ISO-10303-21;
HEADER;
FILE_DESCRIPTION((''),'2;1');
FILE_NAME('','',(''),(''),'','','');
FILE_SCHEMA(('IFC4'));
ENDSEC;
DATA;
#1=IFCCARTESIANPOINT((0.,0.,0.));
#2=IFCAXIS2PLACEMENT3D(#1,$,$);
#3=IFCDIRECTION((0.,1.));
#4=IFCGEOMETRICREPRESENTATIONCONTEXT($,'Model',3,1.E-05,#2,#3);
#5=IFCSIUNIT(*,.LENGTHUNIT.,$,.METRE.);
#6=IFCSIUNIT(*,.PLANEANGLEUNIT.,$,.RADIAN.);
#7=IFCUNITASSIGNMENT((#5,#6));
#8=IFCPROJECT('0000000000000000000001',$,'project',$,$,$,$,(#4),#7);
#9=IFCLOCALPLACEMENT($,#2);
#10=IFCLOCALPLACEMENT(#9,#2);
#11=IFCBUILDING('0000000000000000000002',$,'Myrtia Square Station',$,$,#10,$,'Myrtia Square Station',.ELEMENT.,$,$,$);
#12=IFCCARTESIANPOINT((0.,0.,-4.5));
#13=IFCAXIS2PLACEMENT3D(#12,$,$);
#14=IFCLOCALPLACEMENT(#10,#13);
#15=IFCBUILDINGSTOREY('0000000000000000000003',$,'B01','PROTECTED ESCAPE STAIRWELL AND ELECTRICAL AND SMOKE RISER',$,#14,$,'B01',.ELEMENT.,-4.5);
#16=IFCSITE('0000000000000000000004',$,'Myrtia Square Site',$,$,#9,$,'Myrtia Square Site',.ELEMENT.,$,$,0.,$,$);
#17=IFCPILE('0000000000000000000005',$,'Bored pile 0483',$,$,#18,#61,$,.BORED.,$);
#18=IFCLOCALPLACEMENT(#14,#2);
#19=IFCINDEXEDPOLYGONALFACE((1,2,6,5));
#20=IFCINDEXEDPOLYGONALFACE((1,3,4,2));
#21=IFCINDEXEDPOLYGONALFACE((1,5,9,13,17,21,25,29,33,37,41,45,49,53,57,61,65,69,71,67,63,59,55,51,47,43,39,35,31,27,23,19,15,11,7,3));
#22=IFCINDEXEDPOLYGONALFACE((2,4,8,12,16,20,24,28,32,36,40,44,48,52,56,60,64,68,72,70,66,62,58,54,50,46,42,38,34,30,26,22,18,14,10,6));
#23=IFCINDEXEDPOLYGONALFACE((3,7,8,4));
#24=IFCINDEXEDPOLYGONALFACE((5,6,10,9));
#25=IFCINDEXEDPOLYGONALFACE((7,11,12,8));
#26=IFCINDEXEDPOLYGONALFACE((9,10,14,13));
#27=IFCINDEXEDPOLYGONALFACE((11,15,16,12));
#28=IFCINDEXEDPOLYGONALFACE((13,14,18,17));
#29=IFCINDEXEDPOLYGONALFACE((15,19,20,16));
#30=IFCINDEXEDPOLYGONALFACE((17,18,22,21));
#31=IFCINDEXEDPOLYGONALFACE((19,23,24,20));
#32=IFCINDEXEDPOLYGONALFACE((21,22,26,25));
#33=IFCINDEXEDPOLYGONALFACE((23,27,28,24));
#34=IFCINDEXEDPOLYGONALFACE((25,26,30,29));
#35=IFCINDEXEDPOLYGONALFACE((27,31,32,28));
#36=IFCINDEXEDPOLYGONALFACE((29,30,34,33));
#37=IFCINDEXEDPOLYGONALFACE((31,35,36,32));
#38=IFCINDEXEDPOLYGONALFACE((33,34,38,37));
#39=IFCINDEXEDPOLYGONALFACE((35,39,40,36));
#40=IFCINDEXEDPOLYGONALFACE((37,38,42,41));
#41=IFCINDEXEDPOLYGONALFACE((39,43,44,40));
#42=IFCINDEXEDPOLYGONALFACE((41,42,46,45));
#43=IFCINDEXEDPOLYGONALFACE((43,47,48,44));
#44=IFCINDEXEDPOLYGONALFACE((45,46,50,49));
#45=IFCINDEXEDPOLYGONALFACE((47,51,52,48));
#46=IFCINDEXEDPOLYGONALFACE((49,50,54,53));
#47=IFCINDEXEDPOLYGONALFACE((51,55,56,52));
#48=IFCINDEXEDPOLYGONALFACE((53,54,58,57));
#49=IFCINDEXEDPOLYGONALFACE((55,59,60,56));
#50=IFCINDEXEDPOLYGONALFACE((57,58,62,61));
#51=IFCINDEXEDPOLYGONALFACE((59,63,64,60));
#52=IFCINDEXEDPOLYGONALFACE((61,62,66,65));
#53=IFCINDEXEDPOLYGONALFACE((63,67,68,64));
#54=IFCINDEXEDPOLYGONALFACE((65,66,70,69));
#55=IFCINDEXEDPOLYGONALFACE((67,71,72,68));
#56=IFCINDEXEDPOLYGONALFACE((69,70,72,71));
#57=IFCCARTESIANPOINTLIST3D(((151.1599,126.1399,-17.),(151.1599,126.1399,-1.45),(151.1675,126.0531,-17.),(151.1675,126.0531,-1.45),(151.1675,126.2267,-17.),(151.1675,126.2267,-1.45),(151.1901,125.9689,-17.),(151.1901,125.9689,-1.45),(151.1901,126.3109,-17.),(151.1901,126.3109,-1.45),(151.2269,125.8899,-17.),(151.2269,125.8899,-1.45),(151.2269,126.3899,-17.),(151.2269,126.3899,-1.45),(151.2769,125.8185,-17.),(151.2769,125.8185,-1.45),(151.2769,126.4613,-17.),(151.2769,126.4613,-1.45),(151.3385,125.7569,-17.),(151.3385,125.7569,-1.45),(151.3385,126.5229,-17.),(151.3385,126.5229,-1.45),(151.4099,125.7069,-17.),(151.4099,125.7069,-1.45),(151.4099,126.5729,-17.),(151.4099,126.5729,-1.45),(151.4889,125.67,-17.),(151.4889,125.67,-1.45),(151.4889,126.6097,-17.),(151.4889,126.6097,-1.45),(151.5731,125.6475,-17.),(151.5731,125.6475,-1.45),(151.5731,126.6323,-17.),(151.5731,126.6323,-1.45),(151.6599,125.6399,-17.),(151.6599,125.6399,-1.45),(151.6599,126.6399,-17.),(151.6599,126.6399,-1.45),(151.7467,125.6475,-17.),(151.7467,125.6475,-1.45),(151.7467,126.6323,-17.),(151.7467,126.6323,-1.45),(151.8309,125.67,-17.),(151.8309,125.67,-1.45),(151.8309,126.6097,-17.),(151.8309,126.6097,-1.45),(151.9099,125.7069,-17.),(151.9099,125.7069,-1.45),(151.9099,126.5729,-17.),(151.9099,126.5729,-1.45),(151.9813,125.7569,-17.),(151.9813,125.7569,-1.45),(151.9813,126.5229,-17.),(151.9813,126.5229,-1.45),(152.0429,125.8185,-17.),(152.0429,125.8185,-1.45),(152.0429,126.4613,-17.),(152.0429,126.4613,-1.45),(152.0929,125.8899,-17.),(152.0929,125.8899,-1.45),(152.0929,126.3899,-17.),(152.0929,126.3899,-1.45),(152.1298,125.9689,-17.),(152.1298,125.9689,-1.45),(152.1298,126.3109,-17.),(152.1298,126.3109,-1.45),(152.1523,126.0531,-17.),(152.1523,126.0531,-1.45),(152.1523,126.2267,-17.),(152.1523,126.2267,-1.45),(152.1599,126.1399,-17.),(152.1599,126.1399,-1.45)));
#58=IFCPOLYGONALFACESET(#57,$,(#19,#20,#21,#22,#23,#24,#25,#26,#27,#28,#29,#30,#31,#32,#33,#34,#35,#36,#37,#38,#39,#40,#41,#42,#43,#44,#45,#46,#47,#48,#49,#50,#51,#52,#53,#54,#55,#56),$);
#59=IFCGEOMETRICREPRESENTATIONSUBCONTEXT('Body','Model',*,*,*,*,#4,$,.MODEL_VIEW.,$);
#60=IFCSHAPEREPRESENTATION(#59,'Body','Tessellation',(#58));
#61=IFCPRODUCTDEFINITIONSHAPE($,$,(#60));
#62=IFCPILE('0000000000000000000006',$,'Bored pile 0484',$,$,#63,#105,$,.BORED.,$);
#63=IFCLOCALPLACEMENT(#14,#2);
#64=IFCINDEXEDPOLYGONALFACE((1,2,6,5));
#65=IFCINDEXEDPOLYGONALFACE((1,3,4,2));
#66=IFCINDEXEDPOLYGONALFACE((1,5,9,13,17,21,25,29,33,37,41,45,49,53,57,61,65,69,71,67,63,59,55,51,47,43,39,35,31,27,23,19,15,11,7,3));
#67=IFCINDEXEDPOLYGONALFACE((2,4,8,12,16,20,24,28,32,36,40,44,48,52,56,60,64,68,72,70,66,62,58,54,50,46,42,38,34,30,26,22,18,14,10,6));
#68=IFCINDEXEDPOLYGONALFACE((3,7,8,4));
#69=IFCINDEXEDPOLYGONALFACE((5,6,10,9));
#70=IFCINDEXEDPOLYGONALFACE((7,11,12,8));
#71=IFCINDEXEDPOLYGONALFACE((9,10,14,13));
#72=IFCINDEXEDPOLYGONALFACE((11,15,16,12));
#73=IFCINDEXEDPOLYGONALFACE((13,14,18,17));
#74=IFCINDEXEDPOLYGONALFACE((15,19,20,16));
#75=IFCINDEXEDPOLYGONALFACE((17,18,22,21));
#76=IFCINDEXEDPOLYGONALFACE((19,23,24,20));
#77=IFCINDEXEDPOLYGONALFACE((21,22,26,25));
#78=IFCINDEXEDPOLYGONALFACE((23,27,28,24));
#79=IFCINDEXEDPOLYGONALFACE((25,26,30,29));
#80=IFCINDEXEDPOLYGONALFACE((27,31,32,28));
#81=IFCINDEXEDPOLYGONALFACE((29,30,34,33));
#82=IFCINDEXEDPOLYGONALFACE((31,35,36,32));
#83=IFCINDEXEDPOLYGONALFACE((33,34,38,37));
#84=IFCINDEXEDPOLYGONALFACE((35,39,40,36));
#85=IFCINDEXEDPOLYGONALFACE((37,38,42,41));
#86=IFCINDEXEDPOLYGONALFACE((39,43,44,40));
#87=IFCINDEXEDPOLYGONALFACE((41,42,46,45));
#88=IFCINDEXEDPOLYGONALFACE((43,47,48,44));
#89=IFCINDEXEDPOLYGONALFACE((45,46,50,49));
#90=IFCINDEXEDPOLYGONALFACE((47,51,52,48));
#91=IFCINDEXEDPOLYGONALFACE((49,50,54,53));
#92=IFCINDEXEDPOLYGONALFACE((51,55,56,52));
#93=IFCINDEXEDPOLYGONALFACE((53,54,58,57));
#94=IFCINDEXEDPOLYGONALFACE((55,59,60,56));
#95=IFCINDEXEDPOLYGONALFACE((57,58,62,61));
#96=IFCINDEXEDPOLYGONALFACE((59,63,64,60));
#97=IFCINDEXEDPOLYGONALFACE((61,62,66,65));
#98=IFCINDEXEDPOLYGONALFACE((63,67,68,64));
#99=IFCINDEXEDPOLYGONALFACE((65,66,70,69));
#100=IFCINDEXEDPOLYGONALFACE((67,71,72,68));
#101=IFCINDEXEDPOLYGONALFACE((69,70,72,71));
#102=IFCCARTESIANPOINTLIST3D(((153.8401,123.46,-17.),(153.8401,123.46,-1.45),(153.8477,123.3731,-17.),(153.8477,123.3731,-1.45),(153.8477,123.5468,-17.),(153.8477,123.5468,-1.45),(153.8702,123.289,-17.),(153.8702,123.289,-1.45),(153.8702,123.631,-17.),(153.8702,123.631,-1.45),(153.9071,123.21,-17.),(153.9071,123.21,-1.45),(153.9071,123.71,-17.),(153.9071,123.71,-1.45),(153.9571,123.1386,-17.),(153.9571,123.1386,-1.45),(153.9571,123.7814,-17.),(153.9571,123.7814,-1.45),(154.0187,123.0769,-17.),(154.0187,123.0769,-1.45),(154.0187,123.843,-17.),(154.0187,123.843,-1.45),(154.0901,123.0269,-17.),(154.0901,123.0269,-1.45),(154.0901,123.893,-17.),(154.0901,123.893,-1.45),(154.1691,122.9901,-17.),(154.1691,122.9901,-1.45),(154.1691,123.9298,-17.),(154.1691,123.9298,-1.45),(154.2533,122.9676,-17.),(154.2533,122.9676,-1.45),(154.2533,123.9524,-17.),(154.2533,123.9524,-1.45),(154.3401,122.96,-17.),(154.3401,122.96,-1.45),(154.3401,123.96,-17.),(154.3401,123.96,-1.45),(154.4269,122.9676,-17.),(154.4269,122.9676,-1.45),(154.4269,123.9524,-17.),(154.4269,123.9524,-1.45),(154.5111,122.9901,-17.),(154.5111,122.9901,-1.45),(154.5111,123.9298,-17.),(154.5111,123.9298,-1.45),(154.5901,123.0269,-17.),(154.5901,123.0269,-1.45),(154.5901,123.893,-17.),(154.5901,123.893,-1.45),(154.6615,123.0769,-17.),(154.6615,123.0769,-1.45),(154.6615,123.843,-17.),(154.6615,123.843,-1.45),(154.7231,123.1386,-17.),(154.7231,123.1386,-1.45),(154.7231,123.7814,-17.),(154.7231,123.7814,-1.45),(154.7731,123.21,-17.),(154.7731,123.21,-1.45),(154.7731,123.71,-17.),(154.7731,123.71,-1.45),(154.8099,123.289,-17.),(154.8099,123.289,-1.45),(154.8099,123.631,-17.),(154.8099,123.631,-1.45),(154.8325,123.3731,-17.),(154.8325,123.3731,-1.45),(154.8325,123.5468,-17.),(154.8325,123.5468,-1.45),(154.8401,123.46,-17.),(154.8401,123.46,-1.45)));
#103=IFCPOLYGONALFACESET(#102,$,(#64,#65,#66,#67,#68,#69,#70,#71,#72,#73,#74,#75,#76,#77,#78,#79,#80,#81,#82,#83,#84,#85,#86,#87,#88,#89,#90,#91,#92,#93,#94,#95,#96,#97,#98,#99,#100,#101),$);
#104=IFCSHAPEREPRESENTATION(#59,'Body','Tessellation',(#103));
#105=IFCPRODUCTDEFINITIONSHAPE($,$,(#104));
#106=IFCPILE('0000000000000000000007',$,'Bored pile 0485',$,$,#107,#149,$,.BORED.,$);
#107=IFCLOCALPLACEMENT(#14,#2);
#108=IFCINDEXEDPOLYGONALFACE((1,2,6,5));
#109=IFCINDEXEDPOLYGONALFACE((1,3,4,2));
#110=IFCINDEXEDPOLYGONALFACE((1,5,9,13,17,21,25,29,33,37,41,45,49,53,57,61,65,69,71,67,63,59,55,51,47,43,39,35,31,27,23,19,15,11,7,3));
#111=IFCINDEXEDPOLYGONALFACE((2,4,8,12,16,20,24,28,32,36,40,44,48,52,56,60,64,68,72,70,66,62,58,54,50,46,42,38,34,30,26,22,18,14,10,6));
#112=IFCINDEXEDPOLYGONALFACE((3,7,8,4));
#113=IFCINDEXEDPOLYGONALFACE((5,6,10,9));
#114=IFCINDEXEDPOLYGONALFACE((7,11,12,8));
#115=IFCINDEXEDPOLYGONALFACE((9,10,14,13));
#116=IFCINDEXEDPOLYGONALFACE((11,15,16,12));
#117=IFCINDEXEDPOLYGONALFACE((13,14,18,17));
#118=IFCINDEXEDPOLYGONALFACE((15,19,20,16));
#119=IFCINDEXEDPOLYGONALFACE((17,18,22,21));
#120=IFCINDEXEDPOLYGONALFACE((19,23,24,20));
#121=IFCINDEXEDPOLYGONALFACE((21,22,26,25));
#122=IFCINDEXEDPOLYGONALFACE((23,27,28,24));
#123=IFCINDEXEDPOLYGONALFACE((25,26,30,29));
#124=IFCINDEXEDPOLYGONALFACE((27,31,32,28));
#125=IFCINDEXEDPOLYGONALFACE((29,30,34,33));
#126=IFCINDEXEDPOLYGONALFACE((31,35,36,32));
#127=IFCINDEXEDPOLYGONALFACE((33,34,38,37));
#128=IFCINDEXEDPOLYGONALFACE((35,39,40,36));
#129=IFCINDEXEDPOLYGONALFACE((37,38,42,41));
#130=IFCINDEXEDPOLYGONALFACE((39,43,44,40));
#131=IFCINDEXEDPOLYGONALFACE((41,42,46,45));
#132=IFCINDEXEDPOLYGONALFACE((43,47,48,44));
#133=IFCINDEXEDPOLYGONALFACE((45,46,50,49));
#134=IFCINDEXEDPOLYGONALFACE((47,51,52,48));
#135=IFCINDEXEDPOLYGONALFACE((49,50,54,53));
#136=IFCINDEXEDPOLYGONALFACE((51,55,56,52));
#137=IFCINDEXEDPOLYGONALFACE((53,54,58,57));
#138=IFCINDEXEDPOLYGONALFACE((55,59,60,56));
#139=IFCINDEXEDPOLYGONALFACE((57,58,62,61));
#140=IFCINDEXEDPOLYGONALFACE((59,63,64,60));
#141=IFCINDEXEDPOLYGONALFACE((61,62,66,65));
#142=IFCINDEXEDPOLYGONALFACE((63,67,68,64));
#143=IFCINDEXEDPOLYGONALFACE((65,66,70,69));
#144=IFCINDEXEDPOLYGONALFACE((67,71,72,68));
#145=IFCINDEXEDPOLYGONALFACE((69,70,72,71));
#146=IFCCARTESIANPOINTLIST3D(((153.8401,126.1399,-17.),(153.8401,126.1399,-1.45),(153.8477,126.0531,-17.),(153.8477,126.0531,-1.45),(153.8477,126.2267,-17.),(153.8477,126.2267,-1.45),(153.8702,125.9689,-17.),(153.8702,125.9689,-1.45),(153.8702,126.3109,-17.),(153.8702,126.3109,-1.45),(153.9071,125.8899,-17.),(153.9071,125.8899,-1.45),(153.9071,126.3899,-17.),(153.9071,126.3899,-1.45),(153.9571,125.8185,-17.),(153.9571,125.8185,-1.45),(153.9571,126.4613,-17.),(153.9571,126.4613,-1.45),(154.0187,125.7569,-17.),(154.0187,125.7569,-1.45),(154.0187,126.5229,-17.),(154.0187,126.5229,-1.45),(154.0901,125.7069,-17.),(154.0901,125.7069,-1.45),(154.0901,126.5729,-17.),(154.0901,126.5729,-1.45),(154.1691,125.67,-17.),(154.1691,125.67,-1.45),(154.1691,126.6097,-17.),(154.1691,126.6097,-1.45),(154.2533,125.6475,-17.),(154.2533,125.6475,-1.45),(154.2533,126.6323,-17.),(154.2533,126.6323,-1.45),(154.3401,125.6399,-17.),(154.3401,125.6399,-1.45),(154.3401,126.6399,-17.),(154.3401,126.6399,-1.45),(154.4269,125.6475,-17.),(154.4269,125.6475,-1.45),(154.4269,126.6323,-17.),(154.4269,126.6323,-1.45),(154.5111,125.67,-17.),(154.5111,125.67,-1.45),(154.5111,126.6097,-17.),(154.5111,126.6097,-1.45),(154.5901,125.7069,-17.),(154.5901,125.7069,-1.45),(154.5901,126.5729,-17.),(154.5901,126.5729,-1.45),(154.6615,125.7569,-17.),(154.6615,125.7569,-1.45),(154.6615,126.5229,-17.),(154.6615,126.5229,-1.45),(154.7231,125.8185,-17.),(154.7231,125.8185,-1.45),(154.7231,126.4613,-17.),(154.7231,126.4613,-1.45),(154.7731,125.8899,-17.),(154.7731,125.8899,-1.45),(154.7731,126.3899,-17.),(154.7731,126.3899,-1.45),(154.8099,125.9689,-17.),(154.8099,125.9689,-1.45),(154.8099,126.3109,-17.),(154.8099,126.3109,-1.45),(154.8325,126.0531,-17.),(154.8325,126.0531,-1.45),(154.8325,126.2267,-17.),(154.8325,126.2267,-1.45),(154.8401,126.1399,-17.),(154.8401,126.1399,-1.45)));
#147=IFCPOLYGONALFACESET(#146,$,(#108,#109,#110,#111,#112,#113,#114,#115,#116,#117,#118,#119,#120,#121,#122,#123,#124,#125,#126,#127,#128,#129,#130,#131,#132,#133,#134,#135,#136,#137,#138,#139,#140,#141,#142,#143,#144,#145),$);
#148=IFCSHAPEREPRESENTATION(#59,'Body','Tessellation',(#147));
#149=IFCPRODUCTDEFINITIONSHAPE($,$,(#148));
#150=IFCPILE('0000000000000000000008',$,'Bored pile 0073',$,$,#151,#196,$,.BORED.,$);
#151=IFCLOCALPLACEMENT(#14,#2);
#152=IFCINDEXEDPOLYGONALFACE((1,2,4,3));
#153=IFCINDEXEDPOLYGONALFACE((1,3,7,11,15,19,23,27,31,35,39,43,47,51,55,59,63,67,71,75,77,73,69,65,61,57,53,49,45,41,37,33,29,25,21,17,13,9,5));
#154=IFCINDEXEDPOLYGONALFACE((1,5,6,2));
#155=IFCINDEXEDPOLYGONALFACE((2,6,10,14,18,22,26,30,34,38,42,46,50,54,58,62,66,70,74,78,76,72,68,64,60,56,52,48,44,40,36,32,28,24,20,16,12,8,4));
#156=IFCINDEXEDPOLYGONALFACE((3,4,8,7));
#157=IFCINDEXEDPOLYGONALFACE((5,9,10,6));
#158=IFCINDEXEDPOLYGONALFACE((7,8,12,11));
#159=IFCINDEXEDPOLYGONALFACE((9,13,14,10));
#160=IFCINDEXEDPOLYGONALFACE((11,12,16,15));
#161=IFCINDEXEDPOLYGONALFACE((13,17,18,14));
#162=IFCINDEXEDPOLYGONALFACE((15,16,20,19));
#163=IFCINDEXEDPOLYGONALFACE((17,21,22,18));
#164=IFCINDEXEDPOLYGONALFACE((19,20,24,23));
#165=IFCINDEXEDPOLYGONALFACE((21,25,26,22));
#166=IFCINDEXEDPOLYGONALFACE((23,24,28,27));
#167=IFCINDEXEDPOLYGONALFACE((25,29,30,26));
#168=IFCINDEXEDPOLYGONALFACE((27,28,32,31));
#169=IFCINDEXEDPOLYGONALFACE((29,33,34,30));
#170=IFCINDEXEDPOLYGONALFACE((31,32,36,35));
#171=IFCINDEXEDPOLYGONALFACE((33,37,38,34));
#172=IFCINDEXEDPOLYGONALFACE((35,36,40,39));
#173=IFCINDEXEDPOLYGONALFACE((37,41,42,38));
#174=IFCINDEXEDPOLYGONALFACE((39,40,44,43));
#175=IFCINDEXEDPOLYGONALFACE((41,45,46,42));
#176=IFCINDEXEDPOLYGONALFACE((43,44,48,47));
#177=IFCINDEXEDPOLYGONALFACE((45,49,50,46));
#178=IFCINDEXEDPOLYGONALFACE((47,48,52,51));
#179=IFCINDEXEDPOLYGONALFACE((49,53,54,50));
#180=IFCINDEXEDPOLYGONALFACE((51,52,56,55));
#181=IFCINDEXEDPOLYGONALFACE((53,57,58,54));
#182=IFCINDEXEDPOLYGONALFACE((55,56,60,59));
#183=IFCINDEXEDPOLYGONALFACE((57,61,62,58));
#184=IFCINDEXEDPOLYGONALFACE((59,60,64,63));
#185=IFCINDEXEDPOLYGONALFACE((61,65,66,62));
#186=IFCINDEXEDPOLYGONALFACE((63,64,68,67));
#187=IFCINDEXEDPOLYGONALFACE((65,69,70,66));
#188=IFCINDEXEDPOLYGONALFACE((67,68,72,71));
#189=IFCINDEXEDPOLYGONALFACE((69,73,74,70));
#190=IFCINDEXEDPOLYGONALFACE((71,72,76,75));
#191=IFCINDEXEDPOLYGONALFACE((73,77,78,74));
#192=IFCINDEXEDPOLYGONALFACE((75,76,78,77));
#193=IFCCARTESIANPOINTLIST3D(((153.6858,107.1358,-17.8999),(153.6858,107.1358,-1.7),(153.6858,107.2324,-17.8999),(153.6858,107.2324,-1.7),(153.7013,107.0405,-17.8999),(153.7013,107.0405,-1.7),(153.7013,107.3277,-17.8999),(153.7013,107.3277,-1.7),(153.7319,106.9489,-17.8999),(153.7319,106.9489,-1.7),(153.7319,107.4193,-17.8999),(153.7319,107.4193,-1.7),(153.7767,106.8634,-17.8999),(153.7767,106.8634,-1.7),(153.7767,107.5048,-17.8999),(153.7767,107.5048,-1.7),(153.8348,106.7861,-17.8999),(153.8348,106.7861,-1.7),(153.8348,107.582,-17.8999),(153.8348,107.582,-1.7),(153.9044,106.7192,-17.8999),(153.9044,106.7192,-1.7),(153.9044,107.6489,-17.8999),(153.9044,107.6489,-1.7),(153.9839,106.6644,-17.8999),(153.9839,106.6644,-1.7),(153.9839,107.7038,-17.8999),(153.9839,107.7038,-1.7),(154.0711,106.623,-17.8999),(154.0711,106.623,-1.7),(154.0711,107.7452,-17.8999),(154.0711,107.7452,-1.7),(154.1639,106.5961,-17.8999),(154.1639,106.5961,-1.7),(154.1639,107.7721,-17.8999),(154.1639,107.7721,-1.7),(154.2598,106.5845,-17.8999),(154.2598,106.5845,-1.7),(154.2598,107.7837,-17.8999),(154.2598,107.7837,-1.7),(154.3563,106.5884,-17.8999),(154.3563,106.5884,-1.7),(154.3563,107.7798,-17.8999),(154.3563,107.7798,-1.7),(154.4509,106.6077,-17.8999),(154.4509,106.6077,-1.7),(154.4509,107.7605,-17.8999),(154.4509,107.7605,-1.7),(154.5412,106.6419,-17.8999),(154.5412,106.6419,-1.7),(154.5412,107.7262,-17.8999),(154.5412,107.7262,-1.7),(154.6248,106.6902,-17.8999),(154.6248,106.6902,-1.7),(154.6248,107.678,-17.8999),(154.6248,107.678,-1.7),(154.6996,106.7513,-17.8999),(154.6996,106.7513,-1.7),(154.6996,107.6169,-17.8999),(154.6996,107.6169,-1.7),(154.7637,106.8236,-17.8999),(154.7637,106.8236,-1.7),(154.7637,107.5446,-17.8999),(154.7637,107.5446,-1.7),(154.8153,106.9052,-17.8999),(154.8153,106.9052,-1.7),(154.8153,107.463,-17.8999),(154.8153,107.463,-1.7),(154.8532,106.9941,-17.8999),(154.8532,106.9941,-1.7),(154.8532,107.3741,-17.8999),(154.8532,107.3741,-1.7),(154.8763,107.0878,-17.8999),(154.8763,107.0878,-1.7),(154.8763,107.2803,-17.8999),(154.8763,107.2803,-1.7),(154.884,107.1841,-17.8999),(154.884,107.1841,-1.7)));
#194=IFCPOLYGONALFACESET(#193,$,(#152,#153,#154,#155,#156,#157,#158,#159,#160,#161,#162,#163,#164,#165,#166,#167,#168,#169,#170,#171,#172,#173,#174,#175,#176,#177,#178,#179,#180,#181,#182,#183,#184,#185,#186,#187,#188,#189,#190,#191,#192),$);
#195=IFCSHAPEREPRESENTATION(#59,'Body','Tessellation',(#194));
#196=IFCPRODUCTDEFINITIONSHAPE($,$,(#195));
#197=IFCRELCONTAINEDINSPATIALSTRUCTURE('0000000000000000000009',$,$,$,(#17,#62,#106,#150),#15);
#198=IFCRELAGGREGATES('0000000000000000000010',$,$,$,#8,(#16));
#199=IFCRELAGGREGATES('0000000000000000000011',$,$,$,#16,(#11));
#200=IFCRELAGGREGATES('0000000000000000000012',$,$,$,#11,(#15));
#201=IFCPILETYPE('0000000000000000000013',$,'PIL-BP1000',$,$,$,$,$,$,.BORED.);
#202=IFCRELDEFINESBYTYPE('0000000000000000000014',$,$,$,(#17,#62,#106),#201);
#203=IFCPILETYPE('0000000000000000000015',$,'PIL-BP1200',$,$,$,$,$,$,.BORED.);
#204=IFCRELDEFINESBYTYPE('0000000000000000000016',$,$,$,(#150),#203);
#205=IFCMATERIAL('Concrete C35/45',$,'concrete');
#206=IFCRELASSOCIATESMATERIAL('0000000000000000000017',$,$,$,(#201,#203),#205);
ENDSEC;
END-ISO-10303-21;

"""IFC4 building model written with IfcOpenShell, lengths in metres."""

from ifc_helpers import new_model, si_unit, direction, frame, origin, origin_2d, place, context, subcontext, project, spatial, circle, extrude, material, material_profile, profile_set, type_object, element, save


model = new_model("IFC4")

# Units and contexts
model_context = context("Model", 3, precision=1e-05, world=origin(), true_north=direction((0.0, 1.0)))
body_context = subcontext(model_context, "Body", "Model", "MODEL_VIEW")
ifc_project = project(units=[si_unit("LENGTHUNIT", "METRE"), si_unit("PLANEANGLEUNIT", "RADIAN")], contexts=[model_context])

# Site, building, storey
site_placement = place(None, origin())
site = spatial("IfcSite", under=ifc_project, at=site_placement, Name="Myrtia Square Site", LongName="Myrtia Square Site", CompositionType="ELEMENT", RefElevation=0.0)
building_placement = place(site_placement, origin())
building = spatial("IfcBuilding", under=site, at=building_placement, Name="Myrtia Square Station", LongName="Myrtia Square Station", CompositionType="ELEMENT")
storey_placement = place(building_placement, frame((0.0, 0.0, -4.5)))
storey = spatial("IfcBuildingStorey", under=building, at=storey_placement, Name="B01", Description="PROTECTED ESCAPE STAIRWELL AND ELECTRICAL AND SMOKE RISER", LongName="B01", CompositionType="ELEMENT", Elevation=-4.5)

# Shared definitions
ifc_material_1 = material(Name="Concrete C35/45", Category="concrete")

# Piles
ifc_material_profile_1 = material_profile(ifc_material_1, circle(Radius=0.5, at=origin_2d()), Name="BP D1000")
ifc_profile_set_1 = profile_set([ifc_material_profile_1], Name="Concrete C35/45")
pile_type_1 = type_object("IfcPileType", Name="PIL-BP1000", PredefinedType="BORED", material=ifc_profile_set_1)
for number, where, z_axis, x_axis, name in (
    (1, (151.6599, 126.1399, -1.45), (0.0, 0.0, -1.0), (1.0, 0.0, 0.0), "Bored pile 0483"),
    (2, (154.3401, 123.46, -1.45), (0.0, 0.0, -1.0), (1.0, 0.0, 0.0), "Bored pile 0484"),
    (3, (154.3401, 126.1399, -1.45), (0.0, 0.0, -1.0), (1.0, 0.0, 0.0), "Bored pile 0485"),
):
    element("IfcPile", number, at=place(storey_placement, frame(where, z_axis=z_axis, x_axis=x_axis)), inside=storey, type_object=pile_type_1, Name=name, PredefinedType="BORED", context=body_context, shape_type="SweptSolid", body=[
        extrude(circle(Radius=0.5, at=origin_2d()), origin(), (0.0, 0.0, 1.0), 15.55),
    ])
ifc_material_profile_2 = material_profile(ifc_material_1, circle(Radius=0.6001, at=origin_2d()), Name="BP D1200")
ifc_profile_set_2 = profile_set([ifc_material_profile_2], Name="Concrete C35/45")
pile_type_2 = type_object("IfcPileType", Name="PIL-BP1200", PredefinedType="BORED", material=ifc_profile_set_2)
for number, where, z_axis, x_axis, name in (
    (4, (154.2839, 107.1841, -1.7), (0.0, 0.0, -1.0), (1.0, 0.0, 0.0), "Bored pile 0073"),
):
    element("IfcPile", number, at=place(storey_placement, frame(where, z_axis=z_axis, x_axis=x_axis)), inside=storey, type_object=pile_type_2, Name=name, PredefinedType="BORED", context=body_context, shape_type="SweptSolid", body=[
        extrude(circle(Radius=0.6001, at=origin_2d()), origin(), (0.0, 0.0, 1.0), 16.2),
    ])

save(model, "model.ifc")
